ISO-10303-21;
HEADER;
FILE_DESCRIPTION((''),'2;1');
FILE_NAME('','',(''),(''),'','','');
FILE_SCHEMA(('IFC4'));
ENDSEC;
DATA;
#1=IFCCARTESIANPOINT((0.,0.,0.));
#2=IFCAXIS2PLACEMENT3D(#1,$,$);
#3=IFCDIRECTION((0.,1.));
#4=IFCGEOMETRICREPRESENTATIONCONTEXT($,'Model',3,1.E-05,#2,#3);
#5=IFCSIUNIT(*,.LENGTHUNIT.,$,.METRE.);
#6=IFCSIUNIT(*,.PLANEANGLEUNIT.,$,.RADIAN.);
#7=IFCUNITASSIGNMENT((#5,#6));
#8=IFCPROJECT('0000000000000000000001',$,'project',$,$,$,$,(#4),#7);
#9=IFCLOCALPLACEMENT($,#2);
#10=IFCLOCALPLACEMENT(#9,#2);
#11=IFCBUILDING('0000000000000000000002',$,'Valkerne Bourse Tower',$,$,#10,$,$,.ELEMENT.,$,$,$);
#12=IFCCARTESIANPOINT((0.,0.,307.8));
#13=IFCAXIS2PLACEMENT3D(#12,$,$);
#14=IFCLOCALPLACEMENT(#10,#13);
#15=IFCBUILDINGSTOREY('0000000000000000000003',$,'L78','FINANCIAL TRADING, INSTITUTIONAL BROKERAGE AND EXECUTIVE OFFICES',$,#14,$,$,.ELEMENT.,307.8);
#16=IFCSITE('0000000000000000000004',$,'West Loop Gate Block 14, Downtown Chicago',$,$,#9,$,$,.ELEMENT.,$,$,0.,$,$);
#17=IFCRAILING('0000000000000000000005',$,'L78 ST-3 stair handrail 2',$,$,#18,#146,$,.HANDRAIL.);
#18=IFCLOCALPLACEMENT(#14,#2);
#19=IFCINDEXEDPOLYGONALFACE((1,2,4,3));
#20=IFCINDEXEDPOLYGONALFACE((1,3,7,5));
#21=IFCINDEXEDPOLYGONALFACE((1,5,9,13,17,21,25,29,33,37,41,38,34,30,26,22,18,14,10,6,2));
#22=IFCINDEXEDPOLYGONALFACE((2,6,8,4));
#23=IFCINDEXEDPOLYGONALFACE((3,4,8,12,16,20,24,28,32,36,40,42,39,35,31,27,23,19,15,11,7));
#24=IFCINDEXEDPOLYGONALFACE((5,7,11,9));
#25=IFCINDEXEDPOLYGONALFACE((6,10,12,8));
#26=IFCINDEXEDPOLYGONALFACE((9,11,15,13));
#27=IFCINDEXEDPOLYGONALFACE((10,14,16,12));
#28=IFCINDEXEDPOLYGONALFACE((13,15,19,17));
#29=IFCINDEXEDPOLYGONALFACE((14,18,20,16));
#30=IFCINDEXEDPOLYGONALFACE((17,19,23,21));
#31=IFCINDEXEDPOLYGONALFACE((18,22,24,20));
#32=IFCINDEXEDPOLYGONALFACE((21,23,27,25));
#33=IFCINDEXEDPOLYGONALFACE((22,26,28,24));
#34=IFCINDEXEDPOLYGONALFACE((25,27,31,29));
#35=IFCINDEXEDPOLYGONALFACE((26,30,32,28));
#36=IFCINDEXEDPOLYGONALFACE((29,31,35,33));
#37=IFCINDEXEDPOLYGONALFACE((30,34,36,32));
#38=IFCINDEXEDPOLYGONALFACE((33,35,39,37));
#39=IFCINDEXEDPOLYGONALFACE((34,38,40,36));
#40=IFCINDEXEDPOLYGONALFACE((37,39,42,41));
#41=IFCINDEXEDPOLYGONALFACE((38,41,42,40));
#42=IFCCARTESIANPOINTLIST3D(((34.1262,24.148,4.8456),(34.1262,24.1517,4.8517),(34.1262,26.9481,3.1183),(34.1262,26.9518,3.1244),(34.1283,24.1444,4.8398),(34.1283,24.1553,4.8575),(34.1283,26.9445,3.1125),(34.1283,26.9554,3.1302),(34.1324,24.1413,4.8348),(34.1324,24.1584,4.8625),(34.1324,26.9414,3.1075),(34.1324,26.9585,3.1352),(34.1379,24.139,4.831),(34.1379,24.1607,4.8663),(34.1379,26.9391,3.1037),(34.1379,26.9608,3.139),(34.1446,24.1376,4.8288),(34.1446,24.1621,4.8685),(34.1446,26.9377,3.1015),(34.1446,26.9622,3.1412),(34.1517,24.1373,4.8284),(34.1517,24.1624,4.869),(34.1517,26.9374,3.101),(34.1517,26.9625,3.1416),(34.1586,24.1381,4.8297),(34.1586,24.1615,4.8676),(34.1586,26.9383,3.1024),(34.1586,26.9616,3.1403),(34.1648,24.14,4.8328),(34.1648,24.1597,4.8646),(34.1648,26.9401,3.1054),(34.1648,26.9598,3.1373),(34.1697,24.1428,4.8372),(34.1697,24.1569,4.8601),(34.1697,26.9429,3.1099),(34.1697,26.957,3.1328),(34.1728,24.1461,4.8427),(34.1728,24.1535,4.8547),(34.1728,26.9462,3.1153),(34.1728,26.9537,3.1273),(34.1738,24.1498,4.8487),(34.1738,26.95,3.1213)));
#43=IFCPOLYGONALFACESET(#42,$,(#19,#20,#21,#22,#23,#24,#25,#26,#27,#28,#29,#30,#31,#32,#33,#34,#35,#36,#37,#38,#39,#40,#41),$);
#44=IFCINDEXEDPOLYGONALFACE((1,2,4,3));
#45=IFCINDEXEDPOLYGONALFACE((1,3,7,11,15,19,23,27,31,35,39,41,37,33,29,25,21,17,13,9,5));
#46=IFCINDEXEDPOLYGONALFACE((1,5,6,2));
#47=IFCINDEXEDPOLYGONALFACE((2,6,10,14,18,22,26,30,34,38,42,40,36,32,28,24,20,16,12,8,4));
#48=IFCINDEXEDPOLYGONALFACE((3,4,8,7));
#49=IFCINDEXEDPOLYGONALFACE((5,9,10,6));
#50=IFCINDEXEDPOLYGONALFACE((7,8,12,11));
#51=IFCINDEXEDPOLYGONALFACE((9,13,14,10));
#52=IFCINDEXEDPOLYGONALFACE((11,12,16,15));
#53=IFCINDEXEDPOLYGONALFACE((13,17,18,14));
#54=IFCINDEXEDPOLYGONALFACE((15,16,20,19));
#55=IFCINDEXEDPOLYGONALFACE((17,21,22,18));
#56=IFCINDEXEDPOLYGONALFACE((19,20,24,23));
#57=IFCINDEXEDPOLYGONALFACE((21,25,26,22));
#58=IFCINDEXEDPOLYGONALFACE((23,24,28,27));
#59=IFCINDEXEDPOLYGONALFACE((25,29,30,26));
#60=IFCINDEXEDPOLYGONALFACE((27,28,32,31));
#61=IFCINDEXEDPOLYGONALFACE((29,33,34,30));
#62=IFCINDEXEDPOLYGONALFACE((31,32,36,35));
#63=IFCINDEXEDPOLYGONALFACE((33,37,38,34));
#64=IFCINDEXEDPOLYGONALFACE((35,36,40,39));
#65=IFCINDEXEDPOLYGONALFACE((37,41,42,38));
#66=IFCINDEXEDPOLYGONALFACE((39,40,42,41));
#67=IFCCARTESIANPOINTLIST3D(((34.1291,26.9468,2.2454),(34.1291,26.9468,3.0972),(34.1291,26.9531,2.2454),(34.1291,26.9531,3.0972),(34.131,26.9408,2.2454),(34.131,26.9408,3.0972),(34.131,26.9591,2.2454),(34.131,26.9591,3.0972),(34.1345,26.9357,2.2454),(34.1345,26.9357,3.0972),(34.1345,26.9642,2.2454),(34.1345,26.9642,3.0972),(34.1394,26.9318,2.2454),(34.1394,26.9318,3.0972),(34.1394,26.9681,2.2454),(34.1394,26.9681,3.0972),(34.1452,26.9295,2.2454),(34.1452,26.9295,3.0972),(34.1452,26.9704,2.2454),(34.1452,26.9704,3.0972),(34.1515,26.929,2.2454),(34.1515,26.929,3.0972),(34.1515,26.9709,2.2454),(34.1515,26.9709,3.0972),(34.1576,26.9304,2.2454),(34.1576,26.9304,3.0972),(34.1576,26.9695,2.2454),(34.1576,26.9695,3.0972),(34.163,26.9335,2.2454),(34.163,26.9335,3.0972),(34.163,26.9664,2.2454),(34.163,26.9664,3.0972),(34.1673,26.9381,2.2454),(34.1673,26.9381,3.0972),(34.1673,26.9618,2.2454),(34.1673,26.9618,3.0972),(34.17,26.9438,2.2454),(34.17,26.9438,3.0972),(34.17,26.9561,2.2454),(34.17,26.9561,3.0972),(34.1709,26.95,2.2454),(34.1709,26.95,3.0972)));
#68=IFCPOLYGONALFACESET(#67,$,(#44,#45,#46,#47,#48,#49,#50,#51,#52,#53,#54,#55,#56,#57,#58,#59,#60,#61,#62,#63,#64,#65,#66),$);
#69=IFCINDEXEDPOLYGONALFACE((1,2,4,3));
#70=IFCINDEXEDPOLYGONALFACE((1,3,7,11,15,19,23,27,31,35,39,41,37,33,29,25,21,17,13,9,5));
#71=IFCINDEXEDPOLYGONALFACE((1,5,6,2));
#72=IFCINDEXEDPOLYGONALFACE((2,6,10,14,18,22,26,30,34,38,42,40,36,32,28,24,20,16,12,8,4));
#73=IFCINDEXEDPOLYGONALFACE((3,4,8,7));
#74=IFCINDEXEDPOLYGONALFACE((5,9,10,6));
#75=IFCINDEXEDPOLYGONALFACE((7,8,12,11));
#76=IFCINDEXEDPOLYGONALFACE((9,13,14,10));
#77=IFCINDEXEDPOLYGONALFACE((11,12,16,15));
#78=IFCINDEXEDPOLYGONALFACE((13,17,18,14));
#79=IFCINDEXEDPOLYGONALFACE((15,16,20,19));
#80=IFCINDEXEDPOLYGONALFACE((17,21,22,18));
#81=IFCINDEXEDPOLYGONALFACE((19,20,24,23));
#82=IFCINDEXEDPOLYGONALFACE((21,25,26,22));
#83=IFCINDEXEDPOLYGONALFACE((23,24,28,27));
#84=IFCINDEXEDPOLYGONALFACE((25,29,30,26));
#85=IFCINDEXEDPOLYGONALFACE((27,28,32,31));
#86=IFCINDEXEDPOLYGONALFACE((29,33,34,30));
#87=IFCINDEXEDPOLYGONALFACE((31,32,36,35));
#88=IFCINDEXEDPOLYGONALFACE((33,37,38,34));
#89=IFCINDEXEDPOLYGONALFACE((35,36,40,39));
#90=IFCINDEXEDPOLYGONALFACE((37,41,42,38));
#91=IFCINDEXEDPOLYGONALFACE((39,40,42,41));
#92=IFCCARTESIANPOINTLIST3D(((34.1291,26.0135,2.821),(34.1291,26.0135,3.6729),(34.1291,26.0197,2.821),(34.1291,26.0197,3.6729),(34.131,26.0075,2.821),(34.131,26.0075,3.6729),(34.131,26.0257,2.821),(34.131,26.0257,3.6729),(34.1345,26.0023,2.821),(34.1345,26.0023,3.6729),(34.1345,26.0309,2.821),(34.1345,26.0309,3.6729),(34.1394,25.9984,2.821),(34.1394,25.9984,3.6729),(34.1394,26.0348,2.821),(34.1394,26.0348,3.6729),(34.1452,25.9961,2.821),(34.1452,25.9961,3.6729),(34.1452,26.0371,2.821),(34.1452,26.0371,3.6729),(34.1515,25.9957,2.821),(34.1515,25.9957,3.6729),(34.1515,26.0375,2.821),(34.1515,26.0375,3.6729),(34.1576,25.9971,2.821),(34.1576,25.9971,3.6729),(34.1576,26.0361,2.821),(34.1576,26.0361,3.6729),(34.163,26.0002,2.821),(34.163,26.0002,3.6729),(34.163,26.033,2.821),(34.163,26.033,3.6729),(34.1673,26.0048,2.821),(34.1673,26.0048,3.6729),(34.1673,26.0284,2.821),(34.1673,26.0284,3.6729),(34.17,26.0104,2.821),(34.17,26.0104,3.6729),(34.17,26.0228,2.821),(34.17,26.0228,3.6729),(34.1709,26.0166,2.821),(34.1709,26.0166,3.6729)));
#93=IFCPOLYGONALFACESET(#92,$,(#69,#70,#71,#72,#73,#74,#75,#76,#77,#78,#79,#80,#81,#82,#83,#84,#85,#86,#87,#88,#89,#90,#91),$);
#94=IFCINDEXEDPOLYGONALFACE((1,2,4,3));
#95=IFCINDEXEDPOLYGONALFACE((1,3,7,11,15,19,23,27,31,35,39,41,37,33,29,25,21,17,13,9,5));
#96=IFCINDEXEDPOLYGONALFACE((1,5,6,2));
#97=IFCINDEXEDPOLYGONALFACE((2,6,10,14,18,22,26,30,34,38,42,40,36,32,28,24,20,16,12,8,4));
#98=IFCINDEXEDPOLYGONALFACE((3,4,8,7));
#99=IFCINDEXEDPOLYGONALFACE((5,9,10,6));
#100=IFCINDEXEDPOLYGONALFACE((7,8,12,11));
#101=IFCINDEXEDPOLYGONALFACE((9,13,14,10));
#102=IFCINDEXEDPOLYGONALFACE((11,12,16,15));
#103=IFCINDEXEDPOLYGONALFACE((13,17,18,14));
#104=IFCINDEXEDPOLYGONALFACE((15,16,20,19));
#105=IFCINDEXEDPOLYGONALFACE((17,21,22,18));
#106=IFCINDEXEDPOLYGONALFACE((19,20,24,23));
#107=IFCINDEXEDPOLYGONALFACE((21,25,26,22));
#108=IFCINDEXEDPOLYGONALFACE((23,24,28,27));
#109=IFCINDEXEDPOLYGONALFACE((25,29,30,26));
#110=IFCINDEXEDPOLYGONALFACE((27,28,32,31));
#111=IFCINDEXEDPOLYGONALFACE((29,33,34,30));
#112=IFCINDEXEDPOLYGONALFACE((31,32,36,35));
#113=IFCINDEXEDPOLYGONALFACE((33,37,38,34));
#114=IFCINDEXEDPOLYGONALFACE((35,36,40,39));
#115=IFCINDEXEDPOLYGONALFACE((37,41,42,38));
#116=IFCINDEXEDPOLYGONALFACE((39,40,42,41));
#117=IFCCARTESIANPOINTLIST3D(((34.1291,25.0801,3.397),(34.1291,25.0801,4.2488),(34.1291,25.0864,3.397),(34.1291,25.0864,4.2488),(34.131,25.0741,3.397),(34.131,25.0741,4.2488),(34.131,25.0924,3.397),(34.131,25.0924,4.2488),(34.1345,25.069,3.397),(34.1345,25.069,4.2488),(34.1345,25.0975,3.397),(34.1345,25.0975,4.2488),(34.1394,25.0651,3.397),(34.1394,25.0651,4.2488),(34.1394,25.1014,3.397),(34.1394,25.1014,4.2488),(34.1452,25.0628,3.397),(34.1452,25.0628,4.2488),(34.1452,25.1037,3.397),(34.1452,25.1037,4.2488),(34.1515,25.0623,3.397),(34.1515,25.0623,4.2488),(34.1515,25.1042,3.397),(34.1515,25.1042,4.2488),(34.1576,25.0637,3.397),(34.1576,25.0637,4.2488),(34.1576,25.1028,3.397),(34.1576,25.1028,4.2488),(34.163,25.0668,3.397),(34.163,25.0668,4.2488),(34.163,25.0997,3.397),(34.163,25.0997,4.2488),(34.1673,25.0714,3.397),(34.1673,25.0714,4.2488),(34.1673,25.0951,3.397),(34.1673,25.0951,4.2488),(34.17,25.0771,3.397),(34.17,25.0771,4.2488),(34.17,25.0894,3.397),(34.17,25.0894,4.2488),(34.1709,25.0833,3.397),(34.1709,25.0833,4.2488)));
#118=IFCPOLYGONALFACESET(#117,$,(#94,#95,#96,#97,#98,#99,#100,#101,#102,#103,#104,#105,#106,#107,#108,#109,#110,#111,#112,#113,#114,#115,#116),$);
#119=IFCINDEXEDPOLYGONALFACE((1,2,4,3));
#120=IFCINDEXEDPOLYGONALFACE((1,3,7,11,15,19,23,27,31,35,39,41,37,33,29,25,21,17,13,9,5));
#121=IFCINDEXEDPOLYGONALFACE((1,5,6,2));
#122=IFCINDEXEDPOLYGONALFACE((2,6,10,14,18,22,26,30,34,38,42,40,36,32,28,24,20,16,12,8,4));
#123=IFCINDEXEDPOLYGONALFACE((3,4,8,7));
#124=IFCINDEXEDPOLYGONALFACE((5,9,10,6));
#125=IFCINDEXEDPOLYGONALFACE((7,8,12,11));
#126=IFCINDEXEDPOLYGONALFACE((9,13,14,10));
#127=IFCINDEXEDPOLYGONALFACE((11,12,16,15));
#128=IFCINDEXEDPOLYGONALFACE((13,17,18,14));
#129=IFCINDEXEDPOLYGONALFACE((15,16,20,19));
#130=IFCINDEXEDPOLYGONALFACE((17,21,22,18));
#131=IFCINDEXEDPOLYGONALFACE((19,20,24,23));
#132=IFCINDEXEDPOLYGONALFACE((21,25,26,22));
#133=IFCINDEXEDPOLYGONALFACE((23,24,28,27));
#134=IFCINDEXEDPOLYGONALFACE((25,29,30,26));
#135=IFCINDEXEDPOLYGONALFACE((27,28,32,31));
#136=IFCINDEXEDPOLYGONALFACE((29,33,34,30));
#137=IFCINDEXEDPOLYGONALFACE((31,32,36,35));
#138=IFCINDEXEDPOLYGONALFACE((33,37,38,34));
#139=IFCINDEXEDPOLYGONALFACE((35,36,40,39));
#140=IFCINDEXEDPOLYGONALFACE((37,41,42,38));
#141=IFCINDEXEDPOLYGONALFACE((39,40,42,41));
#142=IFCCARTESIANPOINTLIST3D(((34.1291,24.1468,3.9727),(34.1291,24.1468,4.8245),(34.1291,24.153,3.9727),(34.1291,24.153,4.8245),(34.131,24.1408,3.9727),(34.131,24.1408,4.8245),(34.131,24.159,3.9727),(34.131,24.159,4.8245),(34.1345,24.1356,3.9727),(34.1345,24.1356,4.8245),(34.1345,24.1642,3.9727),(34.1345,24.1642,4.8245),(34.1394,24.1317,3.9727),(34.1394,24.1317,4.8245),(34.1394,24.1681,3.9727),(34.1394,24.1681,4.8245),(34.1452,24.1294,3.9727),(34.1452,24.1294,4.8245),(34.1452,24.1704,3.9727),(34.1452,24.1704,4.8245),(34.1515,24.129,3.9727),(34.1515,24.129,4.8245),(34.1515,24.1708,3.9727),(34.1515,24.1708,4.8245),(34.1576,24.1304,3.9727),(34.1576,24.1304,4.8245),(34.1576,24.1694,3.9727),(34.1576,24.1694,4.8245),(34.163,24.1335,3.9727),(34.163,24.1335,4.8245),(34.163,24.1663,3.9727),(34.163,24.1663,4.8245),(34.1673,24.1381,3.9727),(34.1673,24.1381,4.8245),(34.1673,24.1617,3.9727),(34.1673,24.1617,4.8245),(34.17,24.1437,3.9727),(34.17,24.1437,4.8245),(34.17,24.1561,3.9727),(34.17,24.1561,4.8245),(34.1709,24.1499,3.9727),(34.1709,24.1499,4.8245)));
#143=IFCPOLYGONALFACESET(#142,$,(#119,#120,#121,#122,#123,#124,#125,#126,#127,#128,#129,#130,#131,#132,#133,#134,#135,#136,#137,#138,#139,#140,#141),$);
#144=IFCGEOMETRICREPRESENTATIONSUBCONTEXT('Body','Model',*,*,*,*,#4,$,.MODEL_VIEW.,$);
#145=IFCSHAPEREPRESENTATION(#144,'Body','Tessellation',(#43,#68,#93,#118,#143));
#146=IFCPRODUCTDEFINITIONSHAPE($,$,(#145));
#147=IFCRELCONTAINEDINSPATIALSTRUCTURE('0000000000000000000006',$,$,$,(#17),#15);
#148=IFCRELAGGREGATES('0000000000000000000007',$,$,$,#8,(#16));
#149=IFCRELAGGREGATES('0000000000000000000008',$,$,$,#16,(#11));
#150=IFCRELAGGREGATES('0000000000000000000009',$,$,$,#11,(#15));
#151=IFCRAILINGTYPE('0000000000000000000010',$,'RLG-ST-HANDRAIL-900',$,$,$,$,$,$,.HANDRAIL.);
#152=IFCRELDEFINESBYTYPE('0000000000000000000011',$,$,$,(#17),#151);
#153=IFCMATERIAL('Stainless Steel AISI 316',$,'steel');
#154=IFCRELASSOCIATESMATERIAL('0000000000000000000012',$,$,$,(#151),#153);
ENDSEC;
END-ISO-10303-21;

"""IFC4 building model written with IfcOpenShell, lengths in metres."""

from ifc_helpers import new_model, si_unit, direction, frame, origin, origin_2d, place, context, subcontext, project, spatial, circle, extrude, material, type_object, element, save


model = new_model("IFC4")

# Units and contexts
model_context = context("Model", 3, precision=1e-05, world=origin(), true_north=direction((0.0, 1.0)))
body_context = subcontext(model_context, "Body", "Model", "MODEL_VIEW")
ifc_project = project(units=[si_unit("LENGTHUNIT", "METRE"), si_unit("PLANEANGLEUNIT", "RADIAN")], contexts=[model_context])

# Site, building, storey
site_placement = place(None, origin())
site = spatial("IfcSite", under=ifc_project, at=site_placement, Name="West Loop Gate Block 14, Downtown Chicago", CompositionType="ELEMENT", RefElevation=0.0)
building_placement = place(site_placement, origin())
building = spatial("IfcBuilding", under=site, at=building_placement, Name="Valkerne Bourse Tower", CompositionType="ELEMENT")
storey_placement = place(building_placement, frame((0.0, 0.0, 307.8)))
storey = spatial("IfcBuildingStorey", under=building, at=storey_placement, Name="L78", Description="FINANCIAL TRADING, INSTITUTIONAL BROKERAGE AND EXECUTIVE OFFICES", CompositionType="ELEMENT", Elevation=307.8)

# Shared definitions
ifc_material_1 = material(Name="Stainless Steel AISI 316", Category="steel")

# Railing
railing_type_1 = type_object("IfcRailingType", Name="RLG-ST-HANDRAIL-900", PredefinedType="HANDRAIL", material=ifc_material_1)
railing_1_placement = place(storey_placement, frame((34.1499, 26.95, 2.2454)))
element("IfcRailing", 1, at=railing_1_placement, inside=storey, type_object=railing_type_1, Name="L78 ST-3 stair handrail 2", PredefinedType="HANDRAIL", context=body_context, shape_type="SweptSolid", body=[
    extrude(circle(Radius=0.0239, at=origin_2d()), frame((0.0, 0.0, 0.876), z_axis=(0.0, -0.85109, 0.52502), x_axis=(1.0, 0.0, 0.0)), (0.0, 0.0, 1.0), 3.29),
    extrude(circle(Radius=0.021, at=origin_2d()), origin(), (0.0, 0.0, 1.0), 0.8518),
    extrude(circle(Radius=0.021, at=origin_2d()), frame((0.0, -0.9333, 0.5757)), (0.0, 0.0, 1.0), 0.8518),
    extrude(circle(Radius=0.021, at=origin_2d()), frame((0.0, -1.8667, 1.1516)), (0.0, 0.0, 1.0), 0.8518),
    extrude(circle(Radius=0.021, at=origin_2d()), frame((0.0, -2.8, 1.7273)), (0.0, 0.0, 1.0), 0.8518),
])

save(model, "model.ifc")
